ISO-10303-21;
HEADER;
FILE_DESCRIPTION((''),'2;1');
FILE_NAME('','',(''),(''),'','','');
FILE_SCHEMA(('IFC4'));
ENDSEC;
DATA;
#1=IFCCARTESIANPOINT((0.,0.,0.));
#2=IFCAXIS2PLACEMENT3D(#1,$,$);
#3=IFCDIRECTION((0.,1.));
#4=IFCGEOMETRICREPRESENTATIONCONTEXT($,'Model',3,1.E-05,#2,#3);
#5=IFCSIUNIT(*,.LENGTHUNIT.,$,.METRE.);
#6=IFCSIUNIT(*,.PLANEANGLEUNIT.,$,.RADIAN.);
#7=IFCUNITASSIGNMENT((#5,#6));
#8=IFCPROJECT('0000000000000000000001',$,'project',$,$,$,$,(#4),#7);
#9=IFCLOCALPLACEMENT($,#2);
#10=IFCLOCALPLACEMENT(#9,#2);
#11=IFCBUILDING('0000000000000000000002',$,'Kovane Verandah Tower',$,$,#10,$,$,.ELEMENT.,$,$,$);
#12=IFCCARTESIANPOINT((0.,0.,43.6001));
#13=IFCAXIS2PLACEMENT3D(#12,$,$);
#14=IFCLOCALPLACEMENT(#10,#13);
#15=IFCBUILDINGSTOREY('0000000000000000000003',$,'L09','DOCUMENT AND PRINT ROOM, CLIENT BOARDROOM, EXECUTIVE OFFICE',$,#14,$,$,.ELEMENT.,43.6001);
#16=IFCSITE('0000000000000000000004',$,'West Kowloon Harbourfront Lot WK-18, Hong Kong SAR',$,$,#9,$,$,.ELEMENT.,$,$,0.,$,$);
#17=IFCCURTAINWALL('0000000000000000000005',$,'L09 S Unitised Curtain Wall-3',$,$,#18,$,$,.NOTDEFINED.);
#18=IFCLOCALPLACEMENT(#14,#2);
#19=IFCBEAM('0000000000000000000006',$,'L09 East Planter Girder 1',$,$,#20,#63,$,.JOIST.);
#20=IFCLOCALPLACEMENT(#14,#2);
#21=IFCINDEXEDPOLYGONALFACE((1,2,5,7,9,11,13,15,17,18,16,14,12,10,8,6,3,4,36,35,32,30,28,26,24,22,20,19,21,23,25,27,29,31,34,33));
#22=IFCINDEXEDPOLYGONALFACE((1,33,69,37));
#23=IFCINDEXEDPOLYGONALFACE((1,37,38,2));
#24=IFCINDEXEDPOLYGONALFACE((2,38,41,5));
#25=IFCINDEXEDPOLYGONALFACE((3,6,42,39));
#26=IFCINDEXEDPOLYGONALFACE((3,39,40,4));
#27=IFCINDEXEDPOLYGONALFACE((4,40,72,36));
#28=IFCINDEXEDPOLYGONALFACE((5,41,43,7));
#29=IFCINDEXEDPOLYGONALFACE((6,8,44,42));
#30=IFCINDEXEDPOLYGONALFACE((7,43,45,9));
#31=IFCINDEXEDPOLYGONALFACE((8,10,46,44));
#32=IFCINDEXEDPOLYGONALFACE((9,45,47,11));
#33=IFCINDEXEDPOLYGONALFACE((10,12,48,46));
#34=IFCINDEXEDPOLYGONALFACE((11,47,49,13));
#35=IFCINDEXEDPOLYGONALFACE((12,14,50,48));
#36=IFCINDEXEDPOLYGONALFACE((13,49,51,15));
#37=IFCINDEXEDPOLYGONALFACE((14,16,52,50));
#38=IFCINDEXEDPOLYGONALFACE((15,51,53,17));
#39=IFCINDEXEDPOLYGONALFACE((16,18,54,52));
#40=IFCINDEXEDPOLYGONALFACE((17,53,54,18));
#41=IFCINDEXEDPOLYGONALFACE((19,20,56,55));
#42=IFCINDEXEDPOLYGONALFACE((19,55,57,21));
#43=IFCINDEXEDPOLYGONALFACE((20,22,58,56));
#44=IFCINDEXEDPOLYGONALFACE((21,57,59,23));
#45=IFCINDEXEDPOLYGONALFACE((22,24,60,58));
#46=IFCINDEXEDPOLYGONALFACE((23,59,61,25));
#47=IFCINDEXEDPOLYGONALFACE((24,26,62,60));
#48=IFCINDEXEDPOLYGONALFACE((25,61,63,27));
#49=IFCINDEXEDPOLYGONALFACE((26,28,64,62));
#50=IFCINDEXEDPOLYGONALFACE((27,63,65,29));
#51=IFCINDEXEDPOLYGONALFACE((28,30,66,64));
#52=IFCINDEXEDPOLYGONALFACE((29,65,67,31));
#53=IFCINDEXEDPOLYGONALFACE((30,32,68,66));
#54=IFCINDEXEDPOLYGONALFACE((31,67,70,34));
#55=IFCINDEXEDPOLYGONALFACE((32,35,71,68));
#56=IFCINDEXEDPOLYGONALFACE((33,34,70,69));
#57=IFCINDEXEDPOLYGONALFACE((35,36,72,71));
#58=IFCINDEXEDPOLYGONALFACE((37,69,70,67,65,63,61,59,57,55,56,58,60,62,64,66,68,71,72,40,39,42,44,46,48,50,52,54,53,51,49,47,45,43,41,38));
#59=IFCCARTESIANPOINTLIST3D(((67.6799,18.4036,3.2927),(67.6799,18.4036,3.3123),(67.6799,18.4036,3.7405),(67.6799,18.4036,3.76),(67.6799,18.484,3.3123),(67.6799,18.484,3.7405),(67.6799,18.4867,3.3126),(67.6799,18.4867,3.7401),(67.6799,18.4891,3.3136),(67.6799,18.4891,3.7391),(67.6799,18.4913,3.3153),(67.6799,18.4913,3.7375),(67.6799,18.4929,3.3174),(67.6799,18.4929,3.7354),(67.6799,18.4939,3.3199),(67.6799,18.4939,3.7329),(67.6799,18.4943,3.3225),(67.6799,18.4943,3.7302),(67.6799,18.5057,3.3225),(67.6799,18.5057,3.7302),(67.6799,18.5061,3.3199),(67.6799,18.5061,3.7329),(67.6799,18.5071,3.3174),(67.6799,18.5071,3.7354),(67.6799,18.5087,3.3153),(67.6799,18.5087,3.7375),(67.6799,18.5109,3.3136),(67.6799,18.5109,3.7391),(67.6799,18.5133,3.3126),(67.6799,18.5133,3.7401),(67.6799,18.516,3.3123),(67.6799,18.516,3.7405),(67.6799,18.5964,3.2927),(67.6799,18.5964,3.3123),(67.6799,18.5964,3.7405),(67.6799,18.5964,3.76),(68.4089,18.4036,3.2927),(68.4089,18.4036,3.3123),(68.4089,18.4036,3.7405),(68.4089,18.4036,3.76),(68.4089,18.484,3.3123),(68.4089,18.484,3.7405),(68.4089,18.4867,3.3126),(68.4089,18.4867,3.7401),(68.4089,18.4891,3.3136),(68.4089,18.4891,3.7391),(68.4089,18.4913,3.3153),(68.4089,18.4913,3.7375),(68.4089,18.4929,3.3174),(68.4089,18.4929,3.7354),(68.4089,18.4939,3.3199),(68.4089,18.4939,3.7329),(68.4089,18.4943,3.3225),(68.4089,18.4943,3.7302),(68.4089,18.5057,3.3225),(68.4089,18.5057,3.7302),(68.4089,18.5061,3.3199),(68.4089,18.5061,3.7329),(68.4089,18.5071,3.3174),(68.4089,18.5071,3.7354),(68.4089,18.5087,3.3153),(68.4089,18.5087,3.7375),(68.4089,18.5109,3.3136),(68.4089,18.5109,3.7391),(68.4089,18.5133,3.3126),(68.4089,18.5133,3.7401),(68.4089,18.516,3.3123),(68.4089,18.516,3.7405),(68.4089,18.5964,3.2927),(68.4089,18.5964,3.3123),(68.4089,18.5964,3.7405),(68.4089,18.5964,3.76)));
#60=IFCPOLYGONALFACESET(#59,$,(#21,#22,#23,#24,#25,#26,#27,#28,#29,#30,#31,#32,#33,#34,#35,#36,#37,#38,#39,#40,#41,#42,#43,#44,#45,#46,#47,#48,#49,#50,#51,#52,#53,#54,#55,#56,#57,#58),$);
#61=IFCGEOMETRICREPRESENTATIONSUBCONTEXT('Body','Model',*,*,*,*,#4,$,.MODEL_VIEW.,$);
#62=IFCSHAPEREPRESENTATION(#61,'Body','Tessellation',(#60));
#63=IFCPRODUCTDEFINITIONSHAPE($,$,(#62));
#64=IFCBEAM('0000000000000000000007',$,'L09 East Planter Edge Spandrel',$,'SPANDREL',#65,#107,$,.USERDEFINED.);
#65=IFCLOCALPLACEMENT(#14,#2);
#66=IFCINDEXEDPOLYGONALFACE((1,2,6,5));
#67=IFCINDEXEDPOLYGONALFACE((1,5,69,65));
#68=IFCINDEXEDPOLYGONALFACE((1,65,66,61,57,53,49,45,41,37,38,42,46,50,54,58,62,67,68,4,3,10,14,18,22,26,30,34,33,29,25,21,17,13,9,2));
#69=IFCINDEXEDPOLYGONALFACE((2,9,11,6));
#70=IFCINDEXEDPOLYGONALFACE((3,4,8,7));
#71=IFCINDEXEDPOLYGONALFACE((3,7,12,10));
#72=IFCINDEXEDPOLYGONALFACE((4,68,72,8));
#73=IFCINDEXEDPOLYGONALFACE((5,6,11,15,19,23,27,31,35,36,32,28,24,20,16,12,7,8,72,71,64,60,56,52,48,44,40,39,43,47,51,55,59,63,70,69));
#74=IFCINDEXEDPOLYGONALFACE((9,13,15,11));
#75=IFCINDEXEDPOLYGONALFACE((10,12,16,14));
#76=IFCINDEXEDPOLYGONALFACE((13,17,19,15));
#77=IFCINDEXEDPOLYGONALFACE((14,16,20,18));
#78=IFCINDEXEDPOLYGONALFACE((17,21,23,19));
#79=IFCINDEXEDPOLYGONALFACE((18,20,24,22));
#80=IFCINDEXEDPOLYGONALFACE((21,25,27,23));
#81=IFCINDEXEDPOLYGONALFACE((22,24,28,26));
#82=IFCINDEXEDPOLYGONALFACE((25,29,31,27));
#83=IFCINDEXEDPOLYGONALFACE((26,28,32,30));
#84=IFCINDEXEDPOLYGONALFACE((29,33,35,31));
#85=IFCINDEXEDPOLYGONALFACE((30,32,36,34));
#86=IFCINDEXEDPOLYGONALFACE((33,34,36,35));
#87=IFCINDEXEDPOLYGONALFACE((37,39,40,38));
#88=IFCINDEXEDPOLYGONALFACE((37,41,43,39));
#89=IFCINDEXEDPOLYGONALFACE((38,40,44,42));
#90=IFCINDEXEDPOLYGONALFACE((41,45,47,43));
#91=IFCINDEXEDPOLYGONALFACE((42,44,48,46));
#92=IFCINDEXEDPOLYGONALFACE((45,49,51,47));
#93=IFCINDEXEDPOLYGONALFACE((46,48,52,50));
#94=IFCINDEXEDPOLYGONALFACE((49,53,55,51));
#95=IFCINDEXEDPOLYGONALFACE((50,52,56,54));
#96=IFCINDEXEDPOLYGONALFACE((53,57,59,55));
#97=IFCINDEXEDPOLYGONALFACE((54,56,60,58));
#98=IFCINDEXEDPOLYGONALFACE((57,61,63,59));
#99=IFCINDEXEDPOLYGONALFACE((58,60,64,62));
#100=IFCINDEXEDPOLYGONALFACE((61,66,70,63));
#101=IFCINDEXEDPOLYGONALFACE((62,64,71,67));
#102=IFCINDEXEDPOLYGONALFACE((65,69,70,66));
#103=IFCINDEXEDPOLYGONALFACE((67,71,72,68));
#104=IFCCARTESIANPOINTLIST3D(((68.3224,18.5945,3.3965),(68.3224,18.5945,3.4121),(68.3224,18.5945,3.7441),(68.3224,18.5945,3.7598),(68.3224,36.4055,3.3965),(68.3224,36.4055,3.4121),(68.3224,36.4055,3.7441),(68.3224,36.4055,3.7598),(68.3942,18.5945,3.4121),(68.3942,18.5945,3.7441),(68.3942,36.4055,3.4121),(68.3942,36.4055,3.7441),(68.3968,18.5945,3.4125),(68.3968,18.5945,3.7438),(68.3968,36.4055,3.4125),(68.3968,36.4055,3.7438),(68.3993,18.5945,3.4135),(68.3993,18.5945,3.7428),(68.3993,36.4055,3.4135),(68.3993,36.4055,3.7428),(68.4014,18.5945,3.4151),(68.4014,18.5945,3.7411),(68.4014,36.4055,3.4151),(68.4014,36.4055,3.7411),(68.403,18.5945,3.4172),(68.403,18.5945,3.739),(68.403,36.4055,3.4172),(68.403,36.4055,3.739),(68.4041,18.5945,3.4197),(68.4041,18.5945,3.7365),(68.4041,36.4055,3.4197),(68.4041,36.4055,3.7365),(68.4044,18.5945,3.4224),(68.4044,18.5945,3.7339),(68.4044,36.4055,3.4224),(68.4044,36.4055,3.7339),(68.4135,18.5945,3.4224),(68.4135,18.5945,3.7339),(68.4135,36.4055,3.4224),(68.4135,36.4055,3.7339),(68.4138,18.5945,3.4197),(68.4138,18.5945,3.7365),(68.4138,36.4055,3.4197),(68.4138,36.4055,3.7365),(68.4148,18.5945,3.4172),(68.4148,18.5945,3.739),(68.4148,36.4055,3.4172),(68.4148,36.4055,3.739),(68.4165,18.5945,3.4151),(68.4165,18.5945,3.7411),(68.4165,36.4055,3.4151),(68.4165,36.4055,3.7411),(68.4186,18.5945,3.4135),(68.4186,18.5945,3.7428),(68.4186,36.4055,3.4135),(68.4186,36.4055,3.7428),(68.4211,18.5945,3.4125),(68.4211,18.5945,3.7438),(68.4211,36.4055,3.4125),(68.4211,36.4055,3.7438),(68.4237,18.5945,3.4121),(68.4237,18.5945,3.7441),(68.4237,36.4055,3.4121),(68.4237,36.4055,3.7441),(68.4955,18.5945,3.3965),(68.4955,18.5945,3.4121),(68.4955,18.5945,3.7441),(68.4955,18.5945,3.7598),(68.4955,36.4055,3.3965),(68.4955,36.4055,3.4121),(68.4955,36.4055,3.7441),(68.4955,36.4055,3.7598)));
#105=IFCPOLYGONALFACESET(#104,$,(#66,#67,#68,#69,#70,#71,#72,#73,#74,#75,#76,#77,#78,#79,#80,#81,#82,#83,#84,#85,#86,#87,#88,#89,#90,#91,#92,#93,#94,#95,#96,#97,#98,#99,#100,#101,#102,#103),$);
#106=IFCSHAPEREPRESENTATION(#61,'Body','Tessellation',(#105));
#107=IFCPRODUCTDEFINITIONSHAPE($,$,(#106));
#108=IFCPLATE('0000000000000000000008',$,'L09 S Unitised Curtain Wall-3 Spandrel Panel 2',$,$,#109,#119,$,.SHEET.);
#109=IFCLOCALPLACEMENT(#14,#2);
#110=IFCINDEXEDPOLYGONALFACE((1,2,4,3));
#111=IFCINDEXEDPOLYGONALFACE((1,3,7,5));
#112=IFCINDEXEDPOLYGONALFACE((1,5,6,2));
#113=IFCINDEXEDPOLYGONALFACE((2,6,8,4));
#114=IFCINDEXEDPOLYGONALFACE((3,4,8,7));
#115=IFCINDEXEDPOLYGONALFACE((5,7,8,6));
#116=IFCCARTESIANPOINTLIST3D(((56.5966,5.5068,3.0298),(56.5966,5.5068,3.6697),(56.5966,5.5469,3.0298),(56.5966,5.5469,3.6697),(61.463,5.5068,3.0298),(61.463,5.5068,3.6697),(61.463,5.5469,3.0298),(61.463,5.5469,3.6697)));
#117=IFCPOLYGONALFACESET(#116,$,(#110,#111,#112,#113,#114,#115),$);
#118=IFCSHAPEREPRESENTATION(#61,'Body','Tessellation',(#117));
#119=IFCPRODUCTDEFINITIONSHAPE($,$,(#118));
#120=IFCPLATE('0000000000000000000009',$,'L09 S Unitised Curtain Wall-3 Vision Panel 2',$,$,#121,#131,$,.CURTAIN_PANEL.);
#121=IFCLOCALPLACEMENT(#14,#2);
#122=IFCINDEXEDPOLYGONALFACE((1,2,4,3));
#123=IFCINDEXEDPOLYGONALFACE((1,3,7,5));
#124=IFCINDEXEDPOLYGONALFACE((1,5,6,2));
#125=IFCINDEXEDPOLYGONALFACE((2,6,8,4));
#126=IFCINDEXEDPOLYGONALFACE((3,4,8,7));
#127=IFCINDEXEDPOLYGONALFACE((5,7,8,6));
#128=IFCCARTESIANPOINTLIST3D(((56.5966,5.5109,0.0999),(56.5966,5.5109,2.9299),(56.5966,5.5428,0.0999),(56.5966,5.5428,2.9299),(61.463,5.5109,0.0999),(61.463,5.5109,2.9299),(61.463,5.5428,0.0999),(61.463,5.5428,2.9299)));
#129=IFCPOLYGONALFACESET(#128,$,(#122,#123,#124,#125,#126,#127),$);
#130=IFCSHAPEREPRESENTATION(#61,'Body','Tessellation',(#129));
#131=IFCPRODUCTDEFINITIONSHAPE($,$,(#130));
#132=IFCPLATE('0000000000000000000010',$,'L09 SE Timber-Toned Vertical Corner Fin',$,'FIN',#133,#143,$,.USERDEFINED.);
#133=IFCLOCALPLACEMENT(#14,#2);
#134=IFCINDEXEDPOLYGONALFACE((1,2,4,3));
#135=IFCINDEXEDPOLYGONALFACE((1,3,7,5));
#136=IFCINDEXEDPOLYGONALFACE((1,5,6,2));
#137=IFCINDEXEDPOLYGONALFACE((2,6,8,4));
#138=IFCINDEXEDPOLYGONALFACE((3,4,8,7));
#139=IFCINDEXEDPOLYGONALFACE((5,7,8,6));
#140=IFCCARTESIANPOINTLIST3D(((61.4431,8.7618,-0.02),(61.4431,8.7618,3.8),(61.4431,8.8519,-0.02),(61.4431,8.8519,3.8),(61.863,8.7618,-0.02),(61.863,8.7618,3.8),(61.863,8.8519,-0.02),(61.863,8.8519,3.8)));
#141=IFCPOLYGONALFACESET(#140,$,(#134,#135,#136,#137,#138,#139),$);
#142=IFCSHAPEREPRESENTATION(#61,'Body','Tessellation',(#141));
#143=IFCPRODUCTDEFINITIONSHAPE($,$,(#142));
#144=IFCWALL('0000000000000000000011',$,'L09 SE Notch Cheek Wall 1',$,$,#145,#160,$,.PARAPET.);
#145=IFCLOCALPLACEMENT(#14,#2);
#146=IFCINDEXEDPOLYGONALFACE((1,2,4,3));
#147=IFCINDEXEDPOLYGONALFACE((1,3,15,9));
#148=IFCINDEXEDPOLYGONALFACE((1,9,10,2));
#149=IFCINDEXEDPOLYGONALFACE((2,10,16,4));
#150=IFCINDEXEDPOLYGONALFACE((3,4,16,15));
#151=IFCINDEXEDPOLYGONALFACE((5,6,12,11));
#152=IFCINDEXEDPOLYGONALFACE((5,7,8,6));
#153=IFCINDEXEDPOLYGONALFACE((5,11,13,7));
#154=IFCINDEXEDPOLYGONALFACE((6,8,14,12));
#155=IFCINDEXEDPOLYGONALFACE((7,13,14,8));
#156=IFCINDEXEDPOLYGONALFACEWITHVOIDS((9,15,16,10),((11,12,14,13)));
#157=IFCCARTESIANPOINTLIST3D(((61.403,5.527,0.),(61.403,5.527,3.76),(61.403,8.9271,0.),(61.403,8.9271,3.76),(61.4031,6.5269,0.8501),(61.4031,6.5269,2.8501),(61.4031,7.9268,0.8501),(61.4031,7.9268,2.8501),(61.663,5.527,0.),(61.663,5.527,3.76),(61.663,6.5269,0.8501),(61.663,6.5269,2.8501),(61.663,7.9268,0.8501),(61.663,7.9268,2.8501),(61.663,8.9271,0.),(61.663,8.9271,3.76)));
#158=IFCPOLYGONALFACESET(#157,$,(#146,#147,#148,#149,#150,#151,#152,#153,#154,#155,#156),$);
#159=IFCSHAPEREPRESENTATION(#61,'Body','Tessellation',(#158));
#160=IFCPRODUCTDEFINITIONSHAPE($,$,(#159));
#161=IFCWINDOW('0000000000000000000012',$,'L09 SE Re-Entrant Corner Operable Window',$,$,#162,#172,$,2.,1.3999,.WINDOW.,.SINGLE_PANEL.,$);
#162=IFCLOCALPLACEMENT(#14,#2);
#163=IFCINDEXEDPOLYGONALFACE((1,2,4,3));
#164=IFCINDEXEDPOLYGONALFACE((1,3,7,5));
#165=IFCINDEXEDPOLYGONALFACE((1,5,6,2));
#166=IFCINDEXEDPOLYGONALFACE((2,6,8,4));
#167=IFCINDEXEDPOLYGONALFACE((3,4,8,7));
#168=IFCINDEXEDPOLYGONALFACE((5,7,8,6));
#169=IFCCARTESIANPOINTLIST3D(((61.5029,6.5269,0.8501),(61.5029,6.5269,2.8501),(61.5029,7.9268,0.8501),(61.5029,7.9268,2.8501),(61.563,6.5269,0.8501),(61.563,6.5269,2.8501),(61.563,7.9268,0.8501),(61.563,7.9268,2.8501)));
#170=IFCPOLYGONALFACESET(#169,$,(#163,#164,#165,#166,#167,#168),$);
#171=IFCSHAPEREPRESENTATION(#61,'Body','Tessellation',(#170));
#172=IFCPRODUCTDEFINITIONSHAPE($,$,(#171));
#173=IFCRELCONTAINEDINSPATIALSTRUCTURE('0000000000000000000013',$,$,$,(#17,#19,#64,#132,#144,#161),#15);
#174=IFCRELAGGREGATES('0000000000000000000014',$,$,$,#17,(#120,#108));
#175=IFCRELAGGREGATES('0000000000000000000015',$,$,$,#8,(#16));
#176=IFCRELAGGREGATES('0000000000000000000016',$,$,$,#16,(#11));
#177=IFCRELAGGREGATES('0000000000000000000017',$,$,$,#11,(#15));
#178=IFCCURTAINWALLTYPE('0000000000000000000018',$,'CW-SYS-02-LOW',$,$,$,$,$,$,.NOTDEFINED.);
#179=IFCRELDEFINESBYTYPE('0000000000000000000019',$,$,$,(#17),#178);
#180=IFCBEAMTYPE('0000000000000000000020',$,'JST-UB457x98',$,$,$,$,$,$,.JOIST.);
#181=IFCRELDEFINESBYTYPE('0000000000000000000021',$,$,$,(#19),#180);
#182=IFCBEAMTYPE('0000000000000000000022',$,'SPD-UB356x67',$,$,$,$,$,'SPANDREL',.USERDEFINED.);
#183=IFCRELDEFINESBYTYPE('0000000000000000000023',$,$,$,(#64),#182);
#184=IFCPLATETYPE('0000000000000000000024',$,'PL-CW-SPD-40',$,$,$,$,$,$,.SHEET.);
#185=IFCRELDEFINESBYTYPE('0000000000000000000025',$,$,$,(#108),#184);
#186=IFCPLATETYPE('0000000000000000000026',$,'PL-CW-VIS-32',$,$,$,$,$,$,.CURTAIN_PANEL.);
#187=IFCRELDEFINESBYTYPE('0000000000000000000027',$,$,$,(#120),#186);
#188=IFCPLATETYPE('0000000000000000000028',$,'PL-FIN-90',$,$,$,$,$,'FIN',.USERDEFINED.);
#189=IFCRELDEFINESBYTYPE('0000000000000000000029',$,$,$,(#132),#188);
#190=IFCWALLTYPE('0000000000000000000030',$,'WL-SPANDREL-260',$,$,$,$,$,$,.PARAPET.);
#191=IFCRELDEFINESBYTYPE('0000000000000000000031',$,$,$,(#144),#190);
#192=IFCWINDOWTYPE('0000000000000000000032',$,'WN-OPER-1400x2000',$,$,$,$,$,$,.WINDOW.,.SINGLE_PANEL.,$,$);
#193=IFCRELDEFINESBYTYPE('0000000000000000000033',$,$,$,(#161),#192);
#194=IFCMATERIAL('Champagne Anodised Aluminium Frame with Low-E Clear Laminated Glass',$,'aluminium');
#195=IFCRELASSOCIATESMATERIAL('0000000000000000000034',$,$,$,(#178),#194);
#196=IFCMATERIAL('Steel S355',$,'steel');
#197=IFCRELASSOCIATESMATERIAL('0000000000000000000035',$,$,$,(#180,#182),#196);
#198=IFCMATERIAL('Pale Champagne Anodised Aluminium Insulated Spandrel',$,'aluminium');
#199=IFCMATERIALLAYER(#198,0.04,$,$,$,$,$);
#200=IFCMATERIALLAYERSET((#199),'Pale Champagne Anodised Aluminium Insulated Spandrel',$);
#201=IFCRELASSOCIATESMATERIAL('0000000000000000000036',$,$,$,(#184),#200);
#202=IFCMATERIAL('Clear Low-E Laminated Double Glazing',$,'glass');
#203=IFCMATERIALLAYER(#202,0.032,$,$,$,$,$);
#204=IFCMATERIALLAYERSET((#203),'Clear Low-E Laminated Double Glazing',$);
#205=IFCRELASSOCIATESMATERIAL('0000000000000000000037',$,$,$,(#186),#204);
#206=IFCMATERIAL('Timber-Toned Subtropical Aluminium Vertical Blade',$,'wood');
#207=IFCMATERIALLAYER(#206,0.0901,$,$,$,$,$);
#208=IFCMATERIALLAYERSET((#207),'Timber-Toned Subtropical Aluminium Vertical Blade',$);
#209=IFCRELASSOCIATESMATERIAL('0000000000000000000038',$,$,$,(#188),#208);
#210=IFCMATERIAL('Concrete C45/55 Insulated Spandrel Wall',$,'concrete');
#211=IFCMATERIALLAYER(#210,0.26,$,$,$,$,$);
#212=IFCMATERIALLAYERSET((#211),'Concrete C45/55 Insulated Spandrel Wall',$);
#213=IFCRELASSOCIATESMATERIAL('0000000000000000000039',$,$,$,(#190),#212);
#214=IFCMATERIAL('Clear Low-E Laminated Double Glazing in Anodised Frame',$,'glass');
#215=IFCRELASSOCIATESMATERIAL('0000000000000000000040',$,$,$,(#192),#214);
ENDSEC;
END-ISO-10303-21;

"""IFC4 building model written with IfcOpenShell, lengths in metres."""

from ifc_helpers import new_model, si_unit, direction, frame, frame_2d, origin, origin_2d, place, context, subcontext, project, spatial, rectangle, i_section, extrude, material, layer, layer_set, material_profile, profile_set, type_object, element, fill, aggregate, save


model = new_model("IFC4")

# Units and contexts
model_context = context("Model", 3, precision=1e-05, world=origin(), true_north=direction((0.0, 1.0)))
body_context = subcontext(model_context, "Body", "Model", "MODEL_VIEW")
ifc_project = project(units=[si_unit("LENGTHUNIT", "METRE"), si_unit("PLANEANGLEUNIT", "RADIAN")], contexts=[model_context])

# Site, building, storey
site_placement = place(None, origin())
site = spatial("IfcSite", under=ifc_project, at=site_placement, Name="West Kowloon Harbourfront Lot WK-18, Hong Kong SAR", CompositionType="ELEMENT", RefElevation=0.0)
building_placement = place(site_placement, origin())
building = spatial("IfcBuilding", under=site, at=building_placement, Name="Kovane Verandah Tower", CompositionType="ELEMENT")
storey_placement = place(building_placement, frame((0.0, 0.0, 43.6001)))
storey = spatial("IfcBuildingStorey", under=building, at=storey_placement, Name="L09", Description="DOCUMENT AND PRINT ROOM, CLIENT BOARDROOM, EXECUTIVE OFFICE", CompositionType="ELEMENT", Elevation=43.6001)

# Shared definitions
ifc_material_1 = material(Name="Steel S355", Category="steel")

# Curtain wall
ifc_material_2 = material(Name="Champagne Anodised Aluminium Frame with Low-E Clear Laminated Glass", Category="aluminium")
curtain_wall_type = type_object("IfcCurtainWallType", Name="CW-SYS-02-LOW", PredefinedType="NOTDEFINED", material=ifc_material_2)
curtain_wall_placement = place(storey_placement, origin())
curtain_wall = element("IfcCurtainWall", 1, at=curtain_wall_placement, inside=storey, type_object=curtain_wall_type, Name="L09 S Unitised Curtain Wall-3", PredefinedType="NOTDEFINED")

# Beams
ifc_material_profile_1 = material_profile(ifc_material_1, i_section(OverallWidth=0.1929, OverallDepth=0.4673, WebThickness=0.0115, FlangeThickness=0.0195, FilletRadius=0.0103, at=origin_2d()), Name="UB457x191x98")
ifc_profile_set_1 = profile_set([ifc_material_profile_1], Name="Steel S355")
beam_type_1 = type_object("IfcBeamType", Name="JST-UB457x98", PredefinedType="JOIST", material=ifc_profile_set_1)
beam_1_placement = place(storey_placement, frame((67.6799, 18.5, 3.5264), z_axis=(1.0, 0.0, 0.0), x_axis=(0.0, 1.0, 0.0)))
element("IfcBeam", 2, at=beam_1_placement, inside=storey, type_object=beam_type_1, Name="L09 East Planter Girder 1", PredefinedType="JOIST", context=body_context, shape_type="SweptSolid", body=[
    extrude(i_section(OverallWidth=0.1929, OverallDepth=0.4673, WebThickness=0.0115, FlangeThickness=0.0195, FilletRadius=0.0103, at=origin_2d()), origin(), (0.0, 0.0, 1.0), 0.729),
])
ifc_material_profile_2 = material_profile(ifc_material_1, i_section(OverallWidth=0.1731, OverallDepth=0.3633, WebThickness=0.009, FlangeThickness=0.0156, FilletRadius=0.0103, at=origin_2d()), Name="UB356x171x67")
ifc_profile_set_2 = profile_set([ifc_material_profile_2], Name="Steel S355")
beam_type_2 = type_object("IfcBeamType", Name="SPD-UB356x67", ElementType="SPANDREL", PredefinedType="USERDEFINED", material=ifc_profile_set_2)
beam_2_placement = place(storey_placement, frame((68.4089, 18.5945, 3.5781), z_axis=(0.0, 1.0, 0.0), x_axis=(-1.0, 0.0, 0.0)))
element("IfcBeam", 3, at=beam_2_placement, inside=storey, type_object=beam_type_2, Name="L09 East Planter Edge Spandrel", ObjectType="SPANDREL", PredefinedType="USERDEFINED", context=body_context, shape_type="SweptSolid", body=[
    extrude(i_section(OverallWidth=0.1731, OverallDepth=0.3633, WebThickness=0.009, FlangeThickness=0.0156, FilletRadius=0.0103, at=origin_2d()), origin(), (0.0, 0.0, 1.0), 17.811),
])

# Plates
ifc_material_3 = material(Name="Pale Champagne Anodised Aluminium Insulated Spandrel", Category="aluminium")
ifc_layer_1 = layer(ifc_material_3, 0.04)
ifc_layer_set_1 = layer_set([ifc_layer_1], Name="Pale Champagne Anodised Aluminium Insulated Spandrel")
plate_type_1 = type_object("IfcPlateType", Name="PL-CW-SPD-40", PredefinedType="SHEET", material=ifc_layer_set_1)
plate_1_placement = place(storey_placement, frame((59.0298, 5.5269, 3.0298), z_axis=(0.0, 0.0, 1.0), x_axis=(1.0, 0.0, 0.0)))
plate_1 = element("IfcPlate", 4, at=plate_1_placement, type_object=plate_type_1, Name="L09 S Unitised Curtain Wall-3 Spandrel Panel 2", PredefinedType="SHEET", context=body_context, shape_type="SweptSolid", body=[
    extrude(rectangle(XDim=4.8665, YDim=0.04, at=origin_2d()), origin(), (0.0, 0.0, 1.0), 0.6399),
])
ifc_material_4 = material(Name="Clear Low-E Laminated Double Glazing", Category="glass")
ifc_layer_2 = layer(ifc_material_4, 0.032)
ifc_layer_set_2 = layer_set([ifc_layer_2], Name="Clear Low-E Laminated Double Glazing")
plate_type_2 = type_object("IfcPlateType", Name="PL-CW-VIS-32", PredefinedType="CURTAIN_PANEL", material=ifc_layer_set_2)
plate_2_placement = place(storey_placement, frame((59.0298, 5.5269, 0.0999), z_axis=(0.0, 0.0, 1.0), x_axis=(1.0, 0.0, 0.0)))
plate_2 = element("IfcPlate", 5, at=plate_2_placement, type_object=plate_type_2, Name="L09 S Unitised Curtain Wall-3 Vision Panel 2", PredefinedType="CURTAIN_PANEL", context=body_context, shape_type="SweptSolid", body=[
    extrude(rectangle(XDim=4.8665, YDim=0.032, at=origin_2d()), origin(), (0.0, 0.0, 1.0), 2.8301),
])
aggregate(curtain_wall, [plate_2, plate_1])
ifc_material_5 = material(Name="Timber-Toned Subtropical Aluminium Vertical Blade", Category="wood")
ifc_layer_3 = layer(ifc_material_5, 0.0901)
ifc_layer_set_3 = layer_set([ifc_layer_3], Name="Timber-Toned Subtropical Aluminium Vertical Blade")
plate_type_3 = type_object("IfcPlateType", Name="PL-FIN-90", ElementType="FIN", PredefinedType="USERDEFINED", material=ifc_layer_set_3)
plate_3_placement = place(storey_placement, frame((61.6531, 8.8069, -0.02), z_axis=(0.0, 0.0, 1.0), x_axis=(1.0, 0.0, 0.0)))
element("IfcPlate", 6, at=plate_3_placement, inside=storey, type_object=plate_type_3, Name="L09 SE Timber-Toned Vertical Corner Fin", ObjectType="FIN", PredefinedType="USERDEFINED", context=body_context, shape_type="SweptSolid", body=[
    extrude(rectangle(XDim=0.4199, YDim=0.0901, at=origin_2d()), origin(), (0.0, 0.0, 1.0), 3.8201),
])

# Shared definitions
ifc_material_6 = material(Name="Concrete C45/55 Insulated Spandrel Wall", Category="concrete")
ifc_layer_4 = layer(ifc_material_6, 0.26)
ifc_layer_set_4 = layer_set([ifc_layer_4], Name="Concrete C45/55 Insulated Spandrel Wall")
wall_type = type_object("IfcWallType", Name="WL-SPANDREL-260", PredefinedType="PARAPET", material=ifc_layer_set_4)
ifc_material_7 = material(Name="Clear Low-E Laminated Double Glazing in Anodised Frame", Category="glass")

# Wall, opening, window
wall_1_placement = place(storey_placement, frame((61.533, 5.5269, 0.0), z_axis=(0.0, 0.0, 1.0), x_axis=(0.0, 1.0, 0.0)))
wall_1 = element("IfcWall", 7, at=wall_1_placement, inside=storey, type_object=wall_type, Name="L09 SE Notch Cheek Wall 1", PredefinedType="PARAPET", context=body_context, shape_type="SweptSolid", body=[
    extrude(rectangle(XDim=3.4001, YDim=0.26, at=frame_2d((1.7002, 0.0))), origin(), (0.0, 0.0, 1.0), 3.76),
])
opening_1_placement = place(wall_1_placement, frame((1.0, 0.0, 0.8501)))
opening_1 = element("IfcOpeningElement", 8, at=opening_1_placement, cuts=wall_1, PredefinedType="OPENING", context=body_context, shape_type="SweptSolid", body=[
    extrude(rectangle(XDim=1.3999, YDim=2.0, at=frame_2d((0.7, 1.0))), frame((0.0, 0.1299, 0.0), z_axis=(0.0, -1.0, 0.0), x_axis=(1.0, 0.0, 0.0)), (0.0, 0.0, 1.0), 0.26),
])
window_type_1 = type_object("IfcWindowType", Name="WN-OPER-1400x2000", PartitioningType="SINGLE_PANEL", PredefinedType="WINDOW", material=ifc_material_7)
window_1_placement = place(opening_1_placement, origin())
window_1 = element("IfcWindow", 9, at=window_1_placement, inside=storey, type_object=window_type_1, Name="L09 SE Re-Entrant Corner Operable Window", OverallHeight=2.0, OverallWidth=1.3999, PartitioningType="SINGLE_PANEL", PredefinedType="WINDOW", context=body_context, shape_type="SweptSolid", body=[
    extrude(rectangle(XDim=1.3999, YDim=2.0, at=frame_2d((0.7, 1.0))), frame((0.0, 0.03, 0.0), z_axis=(0.0, -1.0, 0.0), x_axis=(1.0, 0.0, 0.0)), (0.0, 0.0, 1.0), 0.0601),
])
fill(opening_1, window_1)

save(model, "model.ifc")
